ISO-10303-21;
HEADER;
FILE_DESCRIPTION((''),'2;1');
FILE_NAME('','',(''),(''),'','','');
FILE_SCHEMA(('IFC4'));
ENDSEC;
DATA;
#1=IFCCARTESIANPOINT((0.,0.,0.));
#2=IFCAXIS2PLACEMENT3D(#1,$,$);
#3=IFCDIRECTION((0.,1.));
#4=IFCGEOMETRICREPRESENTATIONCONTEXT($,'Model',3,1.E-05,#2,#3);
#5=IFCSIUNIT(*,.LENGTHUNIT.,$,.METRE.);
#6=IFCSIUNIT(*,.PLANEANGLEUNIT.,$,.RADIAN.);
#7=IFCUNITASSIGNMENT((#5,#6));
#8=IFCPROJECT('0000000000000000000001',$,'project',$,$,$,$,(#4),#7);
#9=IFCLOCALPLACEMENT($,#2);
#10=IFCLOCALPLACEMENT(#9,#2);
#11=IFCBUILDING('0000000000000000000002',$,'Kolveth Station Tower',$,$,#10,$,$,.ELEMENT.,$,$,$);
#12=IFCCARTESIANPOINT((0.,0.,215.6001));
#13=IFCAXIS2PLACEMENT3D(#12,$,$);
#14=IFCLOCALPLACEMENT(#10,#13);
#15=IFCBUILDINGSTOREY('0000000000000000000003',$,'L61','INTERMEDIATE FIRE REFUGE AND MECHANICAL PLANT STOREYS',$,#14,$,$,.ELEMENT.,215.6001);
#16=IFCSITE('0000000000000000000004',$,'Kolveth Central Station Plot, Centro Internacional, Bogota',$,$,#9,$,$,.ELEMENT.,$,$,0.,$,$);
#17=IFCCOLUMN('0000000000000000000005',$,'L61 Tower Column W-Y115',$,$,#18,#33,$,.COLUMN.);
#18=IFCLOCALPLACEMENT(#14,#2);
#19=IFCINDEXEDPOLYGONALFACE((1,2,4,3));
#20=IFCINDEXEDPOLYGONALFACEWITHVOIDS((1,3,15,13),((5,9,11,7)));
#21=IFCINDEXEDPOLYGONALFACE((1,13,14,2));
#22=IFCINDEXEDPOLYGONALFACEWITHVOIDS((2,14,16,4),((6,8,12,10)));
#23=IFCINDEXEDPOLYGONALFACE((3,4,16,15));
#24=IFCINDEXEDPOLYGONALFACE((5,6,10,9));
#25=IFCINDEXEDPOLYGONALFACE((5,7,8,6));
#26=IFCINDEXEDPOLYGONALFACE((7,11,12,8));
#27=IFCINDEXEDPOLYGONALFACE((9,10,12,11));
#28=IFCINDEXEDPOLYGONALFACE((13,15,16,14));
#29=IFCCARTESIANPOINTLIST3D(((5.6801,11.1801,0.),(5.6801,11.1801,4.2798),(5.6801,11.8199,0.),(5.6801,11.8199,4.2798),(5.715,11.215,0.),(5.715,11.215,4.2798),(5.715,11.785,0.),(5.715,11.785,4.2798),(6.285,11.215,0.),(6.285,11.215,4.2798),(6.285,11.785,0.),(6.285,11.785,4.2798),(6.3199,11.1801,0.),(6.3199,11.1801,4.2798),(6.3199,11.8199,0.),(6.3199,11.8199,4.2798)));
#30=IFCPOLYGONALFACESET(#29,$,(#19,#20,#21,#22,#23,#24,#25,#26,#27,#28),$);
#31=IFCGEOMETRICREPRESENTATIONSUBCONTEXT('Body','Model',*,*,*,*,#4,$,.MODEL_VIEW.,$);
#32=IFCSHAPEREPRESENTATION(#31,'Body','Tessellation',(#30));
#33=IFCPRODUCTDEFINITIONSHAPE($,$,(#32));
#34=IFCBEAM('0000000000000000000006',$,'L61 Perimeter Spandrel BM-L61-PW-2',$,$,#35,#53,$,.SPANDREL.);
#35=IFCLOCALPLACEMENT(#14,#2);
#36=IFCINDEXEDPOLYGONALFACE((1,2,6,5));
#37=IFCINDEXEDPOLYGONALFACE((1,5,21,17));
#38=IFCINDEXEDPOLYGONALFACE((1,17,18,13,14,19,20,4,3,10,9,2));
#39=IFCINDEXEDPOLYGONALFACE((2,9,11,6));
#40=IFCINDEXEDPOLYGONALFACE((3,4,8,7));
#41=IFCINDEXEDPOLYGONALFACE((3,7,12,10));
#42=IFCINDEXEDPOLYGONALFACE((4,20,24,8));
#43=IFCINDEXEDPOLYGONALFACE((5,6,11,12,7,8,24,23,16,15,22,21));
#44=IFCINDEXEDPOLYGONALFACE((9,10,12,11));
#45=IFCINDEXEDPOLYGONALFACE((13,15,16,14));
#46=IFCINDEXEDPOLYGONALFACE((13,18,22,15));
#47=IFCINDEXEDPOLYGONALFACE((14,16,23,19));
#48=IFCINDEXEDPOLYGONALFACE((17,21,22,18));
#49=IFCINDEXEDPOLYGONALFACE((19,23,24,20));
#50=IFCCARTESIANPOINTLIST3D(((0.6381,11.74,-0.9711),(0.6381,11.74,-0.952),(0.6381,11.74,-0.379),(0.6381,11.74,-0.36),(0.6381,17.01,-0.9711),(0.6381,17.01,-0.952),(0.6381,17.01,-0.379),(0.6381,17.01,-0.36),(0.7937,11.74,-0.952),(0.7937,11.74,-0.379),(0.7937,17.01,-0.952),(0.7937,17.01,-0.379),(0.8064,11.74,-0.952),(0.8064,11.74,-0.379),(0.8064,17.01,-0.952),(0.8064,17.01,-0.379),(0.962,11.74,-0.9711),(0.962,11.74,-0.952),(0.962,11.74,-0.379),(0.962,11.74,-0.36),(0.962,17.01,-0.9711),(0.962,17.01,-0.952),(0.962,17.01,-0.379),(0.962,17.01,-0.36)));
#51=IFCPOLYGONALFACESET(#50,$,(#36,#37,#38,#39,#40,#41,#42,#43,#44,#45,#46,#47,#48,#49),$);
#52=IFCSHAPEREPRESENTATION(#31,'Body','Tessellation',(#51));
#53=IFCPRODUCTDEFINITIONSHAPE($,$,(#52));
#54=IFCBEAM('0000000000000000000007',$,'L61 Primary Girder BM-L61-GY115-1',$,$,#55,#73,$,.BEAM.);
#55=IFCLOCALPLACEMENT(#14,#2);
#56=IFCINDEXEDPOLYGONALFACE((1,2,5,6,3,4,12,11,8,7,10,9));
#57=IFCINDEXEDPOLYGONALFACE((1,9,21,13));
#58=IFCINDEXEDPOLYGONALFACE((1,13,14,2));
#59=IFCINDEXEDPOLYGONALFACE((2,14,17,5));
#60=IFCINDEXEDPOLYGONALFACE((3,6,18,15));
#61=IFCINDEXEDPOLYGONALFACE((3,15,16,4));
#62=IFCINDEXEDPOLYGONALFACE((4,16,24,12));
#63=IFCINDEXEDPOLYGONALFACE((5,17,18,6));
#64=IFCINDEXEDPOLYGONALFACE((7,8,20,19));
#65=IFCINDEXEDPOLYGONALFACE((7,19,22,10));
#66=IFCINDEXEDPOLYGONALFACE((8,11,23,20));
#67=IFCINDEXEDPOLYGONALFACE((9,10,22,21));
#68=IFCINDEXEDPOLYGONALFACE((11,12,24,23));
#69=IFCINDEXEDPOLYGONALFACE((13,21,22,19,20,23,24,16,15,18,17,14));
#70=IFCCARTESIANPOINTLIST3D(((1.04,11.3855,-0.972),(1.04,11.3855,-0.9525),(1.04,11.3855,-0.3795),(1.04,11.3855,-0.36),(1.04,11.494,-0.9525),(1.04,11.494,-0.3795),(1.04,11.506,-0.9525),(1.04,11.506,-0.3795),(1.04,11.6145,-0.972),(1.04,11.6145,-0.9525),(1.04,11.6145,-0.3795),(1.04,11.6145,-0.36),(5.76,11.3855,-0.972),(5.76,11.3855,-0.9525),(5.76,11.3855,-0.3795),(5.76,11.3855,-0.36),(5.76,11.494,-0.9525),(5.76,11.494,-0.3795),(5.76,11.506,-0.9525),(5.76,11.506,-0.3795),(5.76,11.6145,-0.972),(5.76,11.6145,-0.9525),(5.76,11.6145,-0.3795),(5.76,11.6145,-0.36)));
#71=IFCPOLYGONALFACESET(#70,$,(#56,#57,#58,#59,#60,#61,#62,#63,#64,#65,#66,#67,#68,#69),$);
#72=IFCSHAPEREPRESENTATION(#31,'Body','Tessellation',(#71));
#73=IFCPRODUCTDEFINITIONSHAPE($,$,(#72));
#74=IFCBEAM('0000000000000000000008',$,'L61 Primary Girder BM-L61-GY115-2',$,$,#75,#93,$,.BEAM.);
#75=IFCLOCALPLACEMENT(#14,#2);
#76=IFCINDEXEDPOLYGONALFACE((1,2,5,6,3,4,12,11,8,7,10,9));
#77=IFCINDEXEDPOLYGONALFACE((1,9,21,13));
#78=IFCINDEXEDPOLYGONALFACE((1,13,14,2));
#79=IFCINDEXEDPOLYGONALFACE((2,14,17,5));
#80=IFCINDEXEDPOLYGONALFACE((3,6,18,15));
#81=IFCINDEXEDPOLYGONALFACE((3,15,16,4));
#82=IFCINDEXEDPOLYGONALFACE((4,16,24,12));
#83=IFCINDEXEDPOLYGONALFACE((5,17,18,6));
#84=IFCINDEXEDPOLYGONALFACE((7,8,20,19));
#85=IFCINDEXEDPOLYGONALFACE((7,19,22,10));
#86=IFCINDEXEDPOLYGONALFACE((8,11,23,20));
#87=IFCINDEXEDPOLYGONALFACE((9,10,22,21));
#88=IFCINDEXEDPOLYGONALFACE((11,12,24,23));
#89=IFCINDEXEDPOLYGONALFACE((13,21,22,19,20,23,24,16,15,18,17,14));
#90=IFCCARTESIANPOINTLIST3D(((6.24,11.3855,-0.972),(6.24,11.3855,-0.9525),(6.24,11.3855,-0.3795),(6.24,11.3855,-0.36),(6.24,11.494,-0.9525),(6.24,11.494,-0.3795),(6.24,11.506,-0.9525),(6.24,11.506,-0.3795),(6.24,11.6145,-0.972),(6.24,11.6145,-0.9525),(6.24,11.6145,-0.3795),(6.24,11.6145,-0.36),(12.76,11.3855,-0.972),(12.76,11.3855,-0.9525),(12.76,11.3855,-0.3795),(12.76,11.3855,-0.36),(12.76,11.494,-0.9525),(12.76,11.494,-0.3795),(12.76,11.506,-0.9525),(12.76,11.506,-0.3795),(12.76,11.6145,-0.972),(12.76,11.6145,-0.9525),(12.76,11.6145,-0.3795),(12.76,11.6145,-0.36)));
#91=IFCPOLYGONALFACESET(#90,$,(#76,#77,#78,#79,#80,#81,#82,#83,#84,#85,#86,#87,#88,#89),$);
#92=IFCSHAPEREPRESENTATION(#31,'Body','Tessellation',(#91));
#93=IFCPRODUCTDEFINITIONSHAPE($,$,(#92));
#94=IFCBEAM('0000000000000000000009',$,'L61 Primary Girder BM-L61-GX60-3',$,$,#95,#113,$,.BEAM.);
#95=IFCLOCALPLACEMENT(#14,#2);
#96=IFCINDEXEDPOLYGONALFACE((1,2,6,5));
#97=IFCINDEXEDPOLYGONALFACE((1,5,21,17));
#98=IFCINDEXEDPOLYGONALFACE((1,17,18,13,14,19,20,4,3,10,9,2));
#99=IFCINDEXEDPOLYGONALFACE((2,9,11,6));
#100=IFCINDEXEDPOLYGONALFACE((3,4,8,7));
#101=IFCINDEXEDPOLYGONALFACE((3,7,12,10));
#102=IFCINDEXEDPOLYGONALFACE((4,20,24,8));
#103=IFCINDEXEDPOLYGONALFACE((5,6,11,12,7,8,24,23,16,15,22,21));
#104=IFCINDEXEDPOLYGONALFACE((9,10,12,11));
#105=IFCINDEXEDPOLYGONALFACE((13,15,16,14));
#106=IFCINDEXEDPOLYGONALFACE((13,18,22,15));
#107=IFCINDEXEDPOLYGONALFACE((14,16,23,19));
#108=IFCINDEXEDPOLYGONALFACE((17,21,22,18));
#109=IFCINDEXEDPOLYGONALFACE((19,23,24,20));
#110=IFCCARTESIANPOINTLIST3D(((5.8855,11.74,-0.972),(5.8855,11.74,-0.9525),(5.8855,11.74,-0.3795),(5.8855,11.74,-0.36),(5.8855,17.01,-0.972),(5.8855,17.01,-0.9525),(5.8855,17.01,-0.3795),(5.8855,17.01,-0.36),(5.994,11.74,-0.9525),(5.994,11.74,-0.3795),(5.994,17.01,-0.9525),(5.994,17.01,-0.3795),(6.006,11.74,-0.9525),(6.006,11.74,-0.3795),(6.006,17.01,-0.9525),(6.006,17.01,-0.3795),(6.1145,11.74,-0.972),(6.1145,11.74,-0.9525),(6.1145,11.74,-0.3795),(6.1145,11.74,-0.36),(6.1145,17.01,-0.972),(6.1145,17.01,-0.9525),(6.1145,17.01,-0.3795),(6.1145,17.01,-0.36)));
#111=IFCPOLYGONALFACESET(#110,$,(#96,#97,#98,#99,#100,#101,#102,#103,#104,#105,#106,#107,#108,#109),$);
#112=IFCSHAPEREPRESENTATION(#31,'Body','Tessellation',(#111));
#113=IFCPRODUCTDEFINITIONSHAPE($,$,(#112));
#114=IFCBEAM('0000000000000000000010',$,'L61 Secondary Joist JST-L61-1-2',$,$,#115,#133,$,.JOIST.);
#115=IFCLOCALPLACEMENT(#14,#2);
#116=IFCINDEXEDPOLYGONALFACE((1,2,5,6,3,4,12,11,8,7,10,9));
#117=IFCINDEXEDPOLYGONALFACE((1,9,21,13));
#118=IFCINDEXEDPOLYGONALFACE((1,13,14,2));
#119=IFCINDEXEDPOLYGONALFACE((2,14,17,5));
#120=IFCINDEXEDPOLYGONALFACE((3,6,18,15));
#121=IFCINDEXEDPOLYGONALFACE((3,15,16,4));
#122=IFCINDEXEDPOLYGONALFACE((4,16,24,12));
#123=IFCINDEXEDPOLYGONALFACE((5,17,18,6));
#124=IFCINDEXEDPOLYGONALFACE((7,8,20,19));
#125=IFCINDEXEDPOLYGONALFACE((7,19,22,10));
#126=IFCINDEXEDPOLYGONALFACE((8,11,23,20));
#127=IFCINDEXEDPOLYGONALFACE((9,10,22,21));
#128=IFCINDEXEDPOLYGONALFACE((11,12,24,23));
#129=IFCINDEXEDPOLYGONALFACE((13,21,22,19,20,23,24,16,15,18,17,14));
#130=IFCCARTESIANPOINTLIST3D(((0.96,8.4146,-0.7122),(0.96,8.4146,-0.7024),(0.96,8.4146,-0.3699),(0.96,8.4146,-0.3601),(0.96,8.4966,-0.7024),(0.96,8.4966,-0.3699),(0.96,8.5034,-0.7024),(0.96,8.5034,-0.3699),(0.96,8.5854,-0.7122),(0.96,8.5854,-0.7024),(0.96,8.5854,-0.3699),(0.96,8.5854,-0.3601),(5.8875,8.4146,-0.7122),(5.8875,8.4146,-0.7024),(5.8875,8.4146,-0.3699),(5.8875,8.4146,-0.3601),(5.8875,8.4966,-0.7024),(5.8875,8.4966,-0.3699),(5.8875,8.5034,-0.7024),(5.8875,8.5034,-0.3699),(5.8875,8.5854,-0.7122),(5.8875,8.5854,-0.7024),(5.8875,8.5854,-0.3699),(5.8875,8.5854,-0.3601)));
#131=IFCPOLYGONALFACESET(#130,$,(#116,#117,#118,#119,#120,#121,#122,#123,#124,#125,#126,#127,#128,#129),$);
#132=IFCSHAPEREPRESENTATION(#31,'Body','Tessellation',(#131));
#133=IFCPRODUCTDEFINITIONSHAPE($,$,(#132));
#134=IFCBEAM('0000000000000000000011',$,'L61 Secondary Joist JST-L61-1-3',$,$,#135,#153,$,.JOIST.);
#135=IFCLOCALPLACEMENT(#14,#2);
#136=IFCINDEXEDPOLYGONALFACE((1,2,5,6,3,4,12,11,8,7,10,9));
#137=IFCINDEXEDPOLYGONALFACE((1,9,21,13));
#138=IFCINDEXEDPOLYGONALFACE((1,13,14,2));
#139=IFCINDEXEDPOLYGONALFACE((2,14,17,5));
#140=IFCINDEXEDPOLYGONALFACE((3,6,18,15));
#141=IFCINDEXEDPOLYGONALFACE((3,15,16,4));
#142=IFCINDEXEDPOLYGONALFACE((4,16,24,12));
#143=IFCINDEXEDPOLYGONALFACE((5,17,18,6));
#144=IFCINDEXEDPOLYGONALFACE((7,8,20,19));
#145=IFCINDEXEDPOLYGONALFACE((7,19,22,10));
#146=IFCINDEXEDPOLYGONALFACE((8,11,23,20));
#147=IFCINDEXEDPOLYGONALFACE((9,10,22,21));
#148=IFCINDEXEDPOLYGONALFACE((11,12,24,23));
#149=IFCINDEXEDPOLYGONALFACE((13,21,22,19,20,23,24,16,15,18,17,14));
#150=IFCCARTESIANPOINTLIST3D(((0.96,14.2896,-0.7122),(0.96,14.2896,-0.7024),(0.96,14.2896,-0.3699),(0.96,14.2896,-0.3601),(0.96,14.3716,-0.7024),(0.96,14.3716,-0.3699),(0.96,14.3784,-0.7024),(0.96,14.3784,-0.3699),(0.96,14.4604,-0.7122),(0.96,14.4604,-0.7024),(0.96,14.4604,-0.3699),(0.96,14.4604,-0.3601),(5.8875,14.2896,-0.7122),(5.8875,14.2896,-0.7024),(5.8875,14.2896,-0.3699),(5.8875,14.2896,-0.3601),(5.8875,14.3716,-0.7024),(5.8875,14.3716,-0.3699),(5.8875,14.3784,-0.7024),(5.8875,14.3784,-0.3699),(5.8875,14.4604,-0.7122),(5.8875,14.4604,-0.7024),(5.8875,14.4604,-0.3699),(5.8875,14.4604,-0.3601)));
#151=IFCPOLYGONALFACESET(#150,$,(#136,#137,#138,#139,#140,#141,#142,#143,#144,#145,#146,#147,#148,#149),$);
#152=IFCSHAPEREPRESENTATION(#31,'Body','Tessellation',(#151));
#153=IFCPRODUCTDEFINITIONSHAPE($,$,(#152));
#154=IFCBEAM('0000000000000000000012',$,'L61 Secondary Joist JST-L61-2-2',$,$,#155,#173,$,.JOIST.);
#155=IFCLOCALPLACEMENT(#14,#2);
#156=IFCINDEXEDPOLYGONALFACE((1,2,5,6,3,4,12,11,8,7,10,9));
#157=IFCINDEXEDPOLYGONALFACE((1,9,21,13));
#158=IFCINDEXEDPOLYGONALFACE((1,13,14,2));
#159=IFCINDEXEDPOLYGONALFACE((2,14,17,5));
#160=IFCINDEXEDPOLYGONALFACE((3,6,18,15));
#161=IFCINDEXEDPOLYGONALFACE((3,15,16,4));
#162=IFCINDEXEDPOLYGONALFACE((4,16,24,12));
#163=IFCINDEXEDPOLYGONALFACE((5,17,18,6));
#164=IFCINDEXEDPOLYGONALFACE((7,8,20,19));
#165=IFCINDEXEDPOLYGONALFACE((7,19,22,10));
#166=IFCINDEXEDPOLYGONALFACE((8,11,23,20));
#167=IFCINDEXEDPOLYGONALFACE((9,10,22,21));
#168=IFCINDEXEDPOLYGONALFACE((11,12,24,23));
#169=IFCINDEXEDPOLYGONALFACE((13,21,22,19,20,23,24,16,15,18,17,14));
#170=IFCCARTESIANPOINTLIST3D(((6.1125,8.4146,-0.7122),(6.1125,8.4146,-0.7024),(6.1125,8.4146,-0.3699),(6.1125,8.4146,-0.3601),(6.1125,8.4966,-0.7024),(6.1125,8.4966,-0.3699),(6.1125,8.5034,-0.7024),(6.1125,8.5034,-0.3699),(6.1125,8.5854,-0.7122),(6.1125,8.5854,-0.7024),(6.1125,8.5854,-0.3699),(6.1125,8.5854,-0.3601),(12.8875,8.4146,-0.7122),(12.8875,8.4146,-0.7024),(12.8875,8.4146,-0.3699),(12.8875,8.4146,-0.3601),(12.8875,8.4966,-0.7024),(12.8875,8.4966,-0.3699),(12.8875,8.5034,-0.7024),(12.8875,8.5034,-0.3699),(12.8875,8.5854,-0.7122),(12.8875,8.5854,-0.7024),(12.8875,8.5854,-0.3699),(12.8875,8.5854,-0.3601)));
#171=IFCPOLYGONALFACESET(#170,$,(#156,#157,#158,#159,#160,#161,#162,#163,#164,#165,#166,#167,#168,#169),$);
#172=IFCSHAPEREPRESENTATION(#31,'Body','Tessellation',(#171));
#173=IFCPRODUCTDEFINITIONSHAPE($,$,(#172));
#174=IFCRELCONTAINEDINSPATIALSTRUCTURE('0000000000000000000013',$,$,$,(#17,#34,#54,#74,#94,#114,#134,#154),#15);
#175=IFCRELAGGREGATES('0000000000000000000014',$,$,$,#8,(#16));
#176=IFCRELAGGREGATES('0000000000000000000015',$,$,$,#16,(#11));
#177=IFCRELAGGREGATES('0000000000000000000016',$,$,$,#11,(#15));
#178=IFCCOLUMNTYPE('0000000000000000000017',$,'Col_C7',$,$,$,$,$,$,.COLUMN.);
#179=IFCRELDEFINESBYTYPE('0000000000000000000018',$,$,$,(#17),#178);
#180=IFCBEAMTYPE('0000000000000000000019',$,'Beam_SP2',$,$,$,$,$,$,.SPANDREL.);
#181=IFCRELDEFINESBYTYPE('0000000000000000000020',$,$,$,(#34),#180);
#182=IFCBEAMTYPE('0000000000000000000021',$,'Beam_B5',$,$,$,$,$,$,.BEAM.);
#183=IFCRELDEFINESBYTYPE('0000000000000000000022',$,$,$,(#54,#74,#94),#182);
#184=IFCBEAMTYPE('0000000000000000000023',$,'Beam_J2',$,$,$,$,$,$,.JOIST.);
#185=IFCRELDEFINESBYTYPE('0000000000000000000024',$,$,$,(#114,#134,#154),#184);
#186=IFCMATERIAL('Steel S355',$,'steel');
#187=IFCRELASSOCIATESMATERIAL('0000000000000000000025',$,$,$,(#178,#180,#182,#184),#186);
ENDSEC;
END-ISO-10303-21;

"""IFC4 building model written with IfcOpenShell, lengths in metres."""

from ifc_helpers import new_model, si_unit, direction, frame, origin, origin_2d, place, context, subcontext, project, spatial, hollow_rectangle, i_section, extrude, source, transform, mapped, material, material_profile, profile_set, type_object, element, save


model = new_model("IFC4")

# Units and contexts
model_context = context("Model", 3, precision=1e-05, world=origin(), true_north=direction((0.0, 1.0)))
body_context = subcontext(model_context, "Body", "Model", "MODEL_VIEW")
ifc_project = project(units=[si_unit("LENGTHUNIT", "METRE"), si_unit("PLANEANGLEUNIT", "RADIAN")], contexts=[model_context])

# Site, building, storey
site_placement = place(None, origin())
site = spatial("IfcSite", under=ifc_project, at=site_placement, Name="Kolveth Central Station Plot, Centro Internacional, Bogota", CompositionType="ELEMENT", RefElevation=0.0)
building_placement = place(site_placement, origin())
building = spatial("IfcBuilding", under=site, at=building_placement, Name="Kolveth Station Tower", CompositionType="ELEMENT")
storey_placement = place(building_placement, frame((0.0, 0.0, 215.6001)))
storey = spatial("IfcBuildingStorey", under=building, at=storey_placement, Name="L61", Description="INTERMEDIATE FIRE REFUGE AND MECHANICAL PLANT STOREYS", CompositionType="ELEMENT", Elevation=215.6001)

# Column
ifc_material_1 = material(Name="Steel S355", Category="steel")
ifc_material_profile_1 = material_profile(ifc_material_1, hollow_rectangle(XDim=0.6399, YDim=0.6399, WallThickness=0.0349, at=origin_2d()), Name="BOX640x640x35")
ifc_profile_set_1 = profile_set([ifc_material_profile_1], Name="Steel S355")
column_type = type_object("IfcColumnType", Name="Col_C7", PredefinedType="COLUMN", material=ifc_profile_set_1)
shared_shape_1 = source(origin(), body_context, "Body", "SweptSolid", [
    extrude(hollow_rectangle(XDim=0.6399, YDim=0.6399, WallThickness=0.0349, at=origin_2d()), origin(), (0.0, 0.0, 1.0), 4.2798),
])
column_placement = place(storey_placement, frame((6.0, 11.5, 0.0), z_axis=(0.0, 0.0, 1.0), x_axis=(1.0, 0.0, 0.0)))
element("IfcColumn", 1, at=column_placement, inside=storey, type_object=column_type, Name="L61 Tower Column W-Y115", PredefinedType="COLUMN", context=body_context, shape_type="MappedRepresentation", body=[
    mapped(shared_shape_1, transform((0.0, 0.0, 0.0), x_axis=(1.0, 0.0, 0.0), y_axis=(0.0, 1.0, 0.0), z_axis=(0.0, 0.0, 1.0), scale=1.0)),
])

# Beams
ifc_material_profile_2 = material_profile(ifc_material_1, i_section(OverallWidth=0.324, OverallDepth=0.6111, WebThickness=0.0127, FlangeThickness=0.019, at=origin_2d()), Name="W610x155")
ifc_profile_set_2 = profile_set([ifc_material_profile_2], Name="Steel S355")
beam_type_1 = type_object("IfcBeamType", Name="Beam_SP2", PredefinedType="SPANDREL", material=ifc_profile_set_2)
shared_shape_2 = source(origin(), body_context, "Body", "SweptSolid", [
    extrude(i_section(OverallWidth=0.324, OverallDepth=0.6111, WebThickness=0.0127, FlangeThickness=0.019, at=origin_2d()), origin(), (0.0, 0.0, 1.0), 5.27),
])
beam_1_placement = place(storey_placement, frame((0.8, 11.74, -0.6655), z_axis=(0.0, 1.0, 0.0), x_axis=(-1.0, 0.0, 0.0)))
element("IfcBeam", 2, at=beam_1_placement, inside=storey, type_object=beam_type_1, Name="L61 Perimeter Spandrel BM-L61-PW-2", PredefinedType="SPANDREL", context=body_context, shape_type="MappedRepresentation", body=[
    mapped(shared_shape_2, transform((0.0, 0.0, 0.0), x_axis=(1.0, 0.0, 0.0), y_axis=(0.0, 1.0, 0.0), z_axis=(0.0, 0.0, 1.0), scale=1.0)),
])
ifc_material_profile_3 = material_profile(ifc_material_1, i_section(OverallWidth=0.229, OverallDepth=0.6121, WebThickness=0.012, FlangeThickness=0.0195, at=origin_2d()), Name="W610x125")
ifc_profile_set_3 = profile_set([ifc_material_profile_3], Name="Steel S355")
beam_type_2 = type_object("IfcBeamType", Name="Beam_B5", PredefinedType="BEAM", material=ifc_profile_set_3)
shared_shape_3 = source(origin(), body_context, "Body", "SweptSolid", [
    extrude(i_section(OverallWidth=0.229, OverallDepth=0.6121, WebThickness=0.012, FlangeThickness=0.0195, at=origin_2d()), origin(), (0.0, 0.0, 1.0), 4.72),
])
beam_2_placement = place(storey_placement, frame((1.04, 11.5, -0.666), z_axis=(1.0, 0.0, 0.0), x_axis=(0.0, 1.0, 0.0)))
element("IfcBeam", 3, at=beam_2_placement, inside=storey, type_object=beam_type_2, Name="L61 Primary Girder BM-L61-GY115-1", PredefinedType="BEAM", context=body_context, shape_type="MappedRepresentation", body=[
    mapped(shared_shape_3, transform((0.0, 0.0, 0.0), x_axis=(1.0, 0.0, 0.0), y_axis=(0.0, 1.0, 0.0), z_axis=(0.0, 0.0, 1.0), scale=1.0)),
])
shared_shape_4 = source(origin(), body_context, "Body", "SweptSolid", [
    extrude(i_section(OverallWidth=0.229, OverallDepth=0.6121, WebThickness=0.012, FlangeThickness=0.0195, at=origin_2d()), origin(), (0.0, 0.0, 1.0), 6.52),
])
beam_3_placement = place(storey_placement, frame((6.24, 11.5, -0.666), z_axis=(1.0, 0.0, 0.0), x_axis=(0.0, 1.0, 0.0)))
element("IfcBeam", 4, at=beam_3_placement, inside=storey, type_object=beam_type_2, Name="L61 Primary Girder BM-L61-GY115-2", PredefinedType="BEAM", context=body_context, shape_type="MappedRepresentation", body=[
    mapped(shared_shape_4, transform((0.0, 0.0, 0.0), x_axis=(1.0, 0.0, 0.0), y_axis=(0.0, 1.0, 0.0), z_axis=(0.0, 0.0, 1.0), scale=1.0)),
])
shared_shape_5 = source(origin(), body_context, "Body", "SweptSolid", [
    extrude(i_section(OverallWidth=0.229, OverallDepth=0.6121, WebThickness=0.012, FlangeThickness=0.0195, at=origin_2d()), origin(), (0.0, 0.0, 1.0), 5.27),
])
beam_4_placement = place(storey_placement, frame((6.0, 11.74, -0.666), z_axis=(0.0, 1.0, 0.0), x_axis=(-1.0, 0.0, 0.0)))
element("IfcBeam", 5, at=beam_4_placement, inside=storey, type_object=beam_type_2, Name="L61 Primary Girder BM-L61-GX60-3", PredefinedType="BEAM", context=body_context, shape_type="MappedRepresentation", body=[
    mapped(shared_shape_5, transform((0.0, 0.0, 0.0), x_axis=(1.0, 0.0, 0.0), y_axis=(0.0, 1.0, 0.0), z_axis=(0.0, 0.0, 1.0), scale=1.0)),
])
ifc_material_profile_4 = material_profile(ifc_material_1, i_section(OverallWidth=0.1709, OverallDepth=0.3521, WebThickness=0.0068, FlangeThickness=0.0098, at=origin_2d()), Name="W360x44")
ifc_profile_set_4 = profile_set([ifc_material_profile_4], Name="Steel S355")
beam_type_3 = type_object("IfcBeamType", Name="Beam_J2", PredefinedType="JOIST", material=ifc_profile_set_4)
shared_shape_6 = source(origin(), body_context, "Body", "SweptSolid", [
    extrude(i_section(OverallWidth=0.1709, OverallDepth=0.3521, WebThickness=0.0068, FlangeThickness=0.0098, at=origin_2d()), origin(), (0.0, 0.0, 1.0), 4.9275),
])
for number, where, z_axis, x_axis, name in (
    (6, (0.96, 8.5, -0.5361), (1.0, 0.0, 0.0), (0.0, 1.0, 0.0), "L61 Secondary Joist JST-L61-1-2"),
    (7, (0.96, 14.375, -0.5361), (1.0, 0.0, 0.0), (0.0, 1.0, 0.0), "L61 Secondary Joist JST-L61-1-3"),
):
    element("IfcBeam", number, at=place(storey_placement, frame(where, z_axis=z_axis, x_axis=x_axis)), inside=storey, type_object=beam_type_3, Name=name, PredefinedType="JOIST", context=body_context, shape_type="MappedRepresentation", body=[
        mapped(shared_shape_6, transform((0.0, 0.0, 0.0), x_axis=(1.0, 0.0, 0.0), y_axis=(0.0, 1.0, 0.0), z_axis=(0.0, 0.0, 1.0), scale=1.0)),
    ])
shared_shape_7 = source(origin(), body_context, "Body", "SweptSolid", [
    extrude(i_section(OverallWidth=0.1709, OverallDepth=0.3521, WebThickness=0.0068, FlangeThickness=0.0098, at=origin_2d()), origin(), (0.0, 0.0, 1.0), 6.7749),
])
for number, where, z_axis, x_axis, name in (
    (8, (6.1125, 8.5, -0.5361), (1.0, 0.0, 0.0), (0.0, 1.0, 0.0), "L61 Secondary Joist JST-L61-2-2"),
):
    element("IfcBeam", number, at=place(storey_placement, frame(where, z_axis=z_axis, x_axis=x_axis)), inside=storey, type_object=beam_type_3, Name=name, PredefinedType="JOIST", context=body_context, shape_type="MappedRepresentation", body=[
        mapped(shared_shape_7, transform((0.0, 0.0, 0.0), x_axis=(1.0, 0.0, 0.0), y_axis=(0.0, 1.0, 0.0), z_axis=(0.0, 0.0, 1.0), scale=1.0)),
    ])

save(model, "model.ifc")
